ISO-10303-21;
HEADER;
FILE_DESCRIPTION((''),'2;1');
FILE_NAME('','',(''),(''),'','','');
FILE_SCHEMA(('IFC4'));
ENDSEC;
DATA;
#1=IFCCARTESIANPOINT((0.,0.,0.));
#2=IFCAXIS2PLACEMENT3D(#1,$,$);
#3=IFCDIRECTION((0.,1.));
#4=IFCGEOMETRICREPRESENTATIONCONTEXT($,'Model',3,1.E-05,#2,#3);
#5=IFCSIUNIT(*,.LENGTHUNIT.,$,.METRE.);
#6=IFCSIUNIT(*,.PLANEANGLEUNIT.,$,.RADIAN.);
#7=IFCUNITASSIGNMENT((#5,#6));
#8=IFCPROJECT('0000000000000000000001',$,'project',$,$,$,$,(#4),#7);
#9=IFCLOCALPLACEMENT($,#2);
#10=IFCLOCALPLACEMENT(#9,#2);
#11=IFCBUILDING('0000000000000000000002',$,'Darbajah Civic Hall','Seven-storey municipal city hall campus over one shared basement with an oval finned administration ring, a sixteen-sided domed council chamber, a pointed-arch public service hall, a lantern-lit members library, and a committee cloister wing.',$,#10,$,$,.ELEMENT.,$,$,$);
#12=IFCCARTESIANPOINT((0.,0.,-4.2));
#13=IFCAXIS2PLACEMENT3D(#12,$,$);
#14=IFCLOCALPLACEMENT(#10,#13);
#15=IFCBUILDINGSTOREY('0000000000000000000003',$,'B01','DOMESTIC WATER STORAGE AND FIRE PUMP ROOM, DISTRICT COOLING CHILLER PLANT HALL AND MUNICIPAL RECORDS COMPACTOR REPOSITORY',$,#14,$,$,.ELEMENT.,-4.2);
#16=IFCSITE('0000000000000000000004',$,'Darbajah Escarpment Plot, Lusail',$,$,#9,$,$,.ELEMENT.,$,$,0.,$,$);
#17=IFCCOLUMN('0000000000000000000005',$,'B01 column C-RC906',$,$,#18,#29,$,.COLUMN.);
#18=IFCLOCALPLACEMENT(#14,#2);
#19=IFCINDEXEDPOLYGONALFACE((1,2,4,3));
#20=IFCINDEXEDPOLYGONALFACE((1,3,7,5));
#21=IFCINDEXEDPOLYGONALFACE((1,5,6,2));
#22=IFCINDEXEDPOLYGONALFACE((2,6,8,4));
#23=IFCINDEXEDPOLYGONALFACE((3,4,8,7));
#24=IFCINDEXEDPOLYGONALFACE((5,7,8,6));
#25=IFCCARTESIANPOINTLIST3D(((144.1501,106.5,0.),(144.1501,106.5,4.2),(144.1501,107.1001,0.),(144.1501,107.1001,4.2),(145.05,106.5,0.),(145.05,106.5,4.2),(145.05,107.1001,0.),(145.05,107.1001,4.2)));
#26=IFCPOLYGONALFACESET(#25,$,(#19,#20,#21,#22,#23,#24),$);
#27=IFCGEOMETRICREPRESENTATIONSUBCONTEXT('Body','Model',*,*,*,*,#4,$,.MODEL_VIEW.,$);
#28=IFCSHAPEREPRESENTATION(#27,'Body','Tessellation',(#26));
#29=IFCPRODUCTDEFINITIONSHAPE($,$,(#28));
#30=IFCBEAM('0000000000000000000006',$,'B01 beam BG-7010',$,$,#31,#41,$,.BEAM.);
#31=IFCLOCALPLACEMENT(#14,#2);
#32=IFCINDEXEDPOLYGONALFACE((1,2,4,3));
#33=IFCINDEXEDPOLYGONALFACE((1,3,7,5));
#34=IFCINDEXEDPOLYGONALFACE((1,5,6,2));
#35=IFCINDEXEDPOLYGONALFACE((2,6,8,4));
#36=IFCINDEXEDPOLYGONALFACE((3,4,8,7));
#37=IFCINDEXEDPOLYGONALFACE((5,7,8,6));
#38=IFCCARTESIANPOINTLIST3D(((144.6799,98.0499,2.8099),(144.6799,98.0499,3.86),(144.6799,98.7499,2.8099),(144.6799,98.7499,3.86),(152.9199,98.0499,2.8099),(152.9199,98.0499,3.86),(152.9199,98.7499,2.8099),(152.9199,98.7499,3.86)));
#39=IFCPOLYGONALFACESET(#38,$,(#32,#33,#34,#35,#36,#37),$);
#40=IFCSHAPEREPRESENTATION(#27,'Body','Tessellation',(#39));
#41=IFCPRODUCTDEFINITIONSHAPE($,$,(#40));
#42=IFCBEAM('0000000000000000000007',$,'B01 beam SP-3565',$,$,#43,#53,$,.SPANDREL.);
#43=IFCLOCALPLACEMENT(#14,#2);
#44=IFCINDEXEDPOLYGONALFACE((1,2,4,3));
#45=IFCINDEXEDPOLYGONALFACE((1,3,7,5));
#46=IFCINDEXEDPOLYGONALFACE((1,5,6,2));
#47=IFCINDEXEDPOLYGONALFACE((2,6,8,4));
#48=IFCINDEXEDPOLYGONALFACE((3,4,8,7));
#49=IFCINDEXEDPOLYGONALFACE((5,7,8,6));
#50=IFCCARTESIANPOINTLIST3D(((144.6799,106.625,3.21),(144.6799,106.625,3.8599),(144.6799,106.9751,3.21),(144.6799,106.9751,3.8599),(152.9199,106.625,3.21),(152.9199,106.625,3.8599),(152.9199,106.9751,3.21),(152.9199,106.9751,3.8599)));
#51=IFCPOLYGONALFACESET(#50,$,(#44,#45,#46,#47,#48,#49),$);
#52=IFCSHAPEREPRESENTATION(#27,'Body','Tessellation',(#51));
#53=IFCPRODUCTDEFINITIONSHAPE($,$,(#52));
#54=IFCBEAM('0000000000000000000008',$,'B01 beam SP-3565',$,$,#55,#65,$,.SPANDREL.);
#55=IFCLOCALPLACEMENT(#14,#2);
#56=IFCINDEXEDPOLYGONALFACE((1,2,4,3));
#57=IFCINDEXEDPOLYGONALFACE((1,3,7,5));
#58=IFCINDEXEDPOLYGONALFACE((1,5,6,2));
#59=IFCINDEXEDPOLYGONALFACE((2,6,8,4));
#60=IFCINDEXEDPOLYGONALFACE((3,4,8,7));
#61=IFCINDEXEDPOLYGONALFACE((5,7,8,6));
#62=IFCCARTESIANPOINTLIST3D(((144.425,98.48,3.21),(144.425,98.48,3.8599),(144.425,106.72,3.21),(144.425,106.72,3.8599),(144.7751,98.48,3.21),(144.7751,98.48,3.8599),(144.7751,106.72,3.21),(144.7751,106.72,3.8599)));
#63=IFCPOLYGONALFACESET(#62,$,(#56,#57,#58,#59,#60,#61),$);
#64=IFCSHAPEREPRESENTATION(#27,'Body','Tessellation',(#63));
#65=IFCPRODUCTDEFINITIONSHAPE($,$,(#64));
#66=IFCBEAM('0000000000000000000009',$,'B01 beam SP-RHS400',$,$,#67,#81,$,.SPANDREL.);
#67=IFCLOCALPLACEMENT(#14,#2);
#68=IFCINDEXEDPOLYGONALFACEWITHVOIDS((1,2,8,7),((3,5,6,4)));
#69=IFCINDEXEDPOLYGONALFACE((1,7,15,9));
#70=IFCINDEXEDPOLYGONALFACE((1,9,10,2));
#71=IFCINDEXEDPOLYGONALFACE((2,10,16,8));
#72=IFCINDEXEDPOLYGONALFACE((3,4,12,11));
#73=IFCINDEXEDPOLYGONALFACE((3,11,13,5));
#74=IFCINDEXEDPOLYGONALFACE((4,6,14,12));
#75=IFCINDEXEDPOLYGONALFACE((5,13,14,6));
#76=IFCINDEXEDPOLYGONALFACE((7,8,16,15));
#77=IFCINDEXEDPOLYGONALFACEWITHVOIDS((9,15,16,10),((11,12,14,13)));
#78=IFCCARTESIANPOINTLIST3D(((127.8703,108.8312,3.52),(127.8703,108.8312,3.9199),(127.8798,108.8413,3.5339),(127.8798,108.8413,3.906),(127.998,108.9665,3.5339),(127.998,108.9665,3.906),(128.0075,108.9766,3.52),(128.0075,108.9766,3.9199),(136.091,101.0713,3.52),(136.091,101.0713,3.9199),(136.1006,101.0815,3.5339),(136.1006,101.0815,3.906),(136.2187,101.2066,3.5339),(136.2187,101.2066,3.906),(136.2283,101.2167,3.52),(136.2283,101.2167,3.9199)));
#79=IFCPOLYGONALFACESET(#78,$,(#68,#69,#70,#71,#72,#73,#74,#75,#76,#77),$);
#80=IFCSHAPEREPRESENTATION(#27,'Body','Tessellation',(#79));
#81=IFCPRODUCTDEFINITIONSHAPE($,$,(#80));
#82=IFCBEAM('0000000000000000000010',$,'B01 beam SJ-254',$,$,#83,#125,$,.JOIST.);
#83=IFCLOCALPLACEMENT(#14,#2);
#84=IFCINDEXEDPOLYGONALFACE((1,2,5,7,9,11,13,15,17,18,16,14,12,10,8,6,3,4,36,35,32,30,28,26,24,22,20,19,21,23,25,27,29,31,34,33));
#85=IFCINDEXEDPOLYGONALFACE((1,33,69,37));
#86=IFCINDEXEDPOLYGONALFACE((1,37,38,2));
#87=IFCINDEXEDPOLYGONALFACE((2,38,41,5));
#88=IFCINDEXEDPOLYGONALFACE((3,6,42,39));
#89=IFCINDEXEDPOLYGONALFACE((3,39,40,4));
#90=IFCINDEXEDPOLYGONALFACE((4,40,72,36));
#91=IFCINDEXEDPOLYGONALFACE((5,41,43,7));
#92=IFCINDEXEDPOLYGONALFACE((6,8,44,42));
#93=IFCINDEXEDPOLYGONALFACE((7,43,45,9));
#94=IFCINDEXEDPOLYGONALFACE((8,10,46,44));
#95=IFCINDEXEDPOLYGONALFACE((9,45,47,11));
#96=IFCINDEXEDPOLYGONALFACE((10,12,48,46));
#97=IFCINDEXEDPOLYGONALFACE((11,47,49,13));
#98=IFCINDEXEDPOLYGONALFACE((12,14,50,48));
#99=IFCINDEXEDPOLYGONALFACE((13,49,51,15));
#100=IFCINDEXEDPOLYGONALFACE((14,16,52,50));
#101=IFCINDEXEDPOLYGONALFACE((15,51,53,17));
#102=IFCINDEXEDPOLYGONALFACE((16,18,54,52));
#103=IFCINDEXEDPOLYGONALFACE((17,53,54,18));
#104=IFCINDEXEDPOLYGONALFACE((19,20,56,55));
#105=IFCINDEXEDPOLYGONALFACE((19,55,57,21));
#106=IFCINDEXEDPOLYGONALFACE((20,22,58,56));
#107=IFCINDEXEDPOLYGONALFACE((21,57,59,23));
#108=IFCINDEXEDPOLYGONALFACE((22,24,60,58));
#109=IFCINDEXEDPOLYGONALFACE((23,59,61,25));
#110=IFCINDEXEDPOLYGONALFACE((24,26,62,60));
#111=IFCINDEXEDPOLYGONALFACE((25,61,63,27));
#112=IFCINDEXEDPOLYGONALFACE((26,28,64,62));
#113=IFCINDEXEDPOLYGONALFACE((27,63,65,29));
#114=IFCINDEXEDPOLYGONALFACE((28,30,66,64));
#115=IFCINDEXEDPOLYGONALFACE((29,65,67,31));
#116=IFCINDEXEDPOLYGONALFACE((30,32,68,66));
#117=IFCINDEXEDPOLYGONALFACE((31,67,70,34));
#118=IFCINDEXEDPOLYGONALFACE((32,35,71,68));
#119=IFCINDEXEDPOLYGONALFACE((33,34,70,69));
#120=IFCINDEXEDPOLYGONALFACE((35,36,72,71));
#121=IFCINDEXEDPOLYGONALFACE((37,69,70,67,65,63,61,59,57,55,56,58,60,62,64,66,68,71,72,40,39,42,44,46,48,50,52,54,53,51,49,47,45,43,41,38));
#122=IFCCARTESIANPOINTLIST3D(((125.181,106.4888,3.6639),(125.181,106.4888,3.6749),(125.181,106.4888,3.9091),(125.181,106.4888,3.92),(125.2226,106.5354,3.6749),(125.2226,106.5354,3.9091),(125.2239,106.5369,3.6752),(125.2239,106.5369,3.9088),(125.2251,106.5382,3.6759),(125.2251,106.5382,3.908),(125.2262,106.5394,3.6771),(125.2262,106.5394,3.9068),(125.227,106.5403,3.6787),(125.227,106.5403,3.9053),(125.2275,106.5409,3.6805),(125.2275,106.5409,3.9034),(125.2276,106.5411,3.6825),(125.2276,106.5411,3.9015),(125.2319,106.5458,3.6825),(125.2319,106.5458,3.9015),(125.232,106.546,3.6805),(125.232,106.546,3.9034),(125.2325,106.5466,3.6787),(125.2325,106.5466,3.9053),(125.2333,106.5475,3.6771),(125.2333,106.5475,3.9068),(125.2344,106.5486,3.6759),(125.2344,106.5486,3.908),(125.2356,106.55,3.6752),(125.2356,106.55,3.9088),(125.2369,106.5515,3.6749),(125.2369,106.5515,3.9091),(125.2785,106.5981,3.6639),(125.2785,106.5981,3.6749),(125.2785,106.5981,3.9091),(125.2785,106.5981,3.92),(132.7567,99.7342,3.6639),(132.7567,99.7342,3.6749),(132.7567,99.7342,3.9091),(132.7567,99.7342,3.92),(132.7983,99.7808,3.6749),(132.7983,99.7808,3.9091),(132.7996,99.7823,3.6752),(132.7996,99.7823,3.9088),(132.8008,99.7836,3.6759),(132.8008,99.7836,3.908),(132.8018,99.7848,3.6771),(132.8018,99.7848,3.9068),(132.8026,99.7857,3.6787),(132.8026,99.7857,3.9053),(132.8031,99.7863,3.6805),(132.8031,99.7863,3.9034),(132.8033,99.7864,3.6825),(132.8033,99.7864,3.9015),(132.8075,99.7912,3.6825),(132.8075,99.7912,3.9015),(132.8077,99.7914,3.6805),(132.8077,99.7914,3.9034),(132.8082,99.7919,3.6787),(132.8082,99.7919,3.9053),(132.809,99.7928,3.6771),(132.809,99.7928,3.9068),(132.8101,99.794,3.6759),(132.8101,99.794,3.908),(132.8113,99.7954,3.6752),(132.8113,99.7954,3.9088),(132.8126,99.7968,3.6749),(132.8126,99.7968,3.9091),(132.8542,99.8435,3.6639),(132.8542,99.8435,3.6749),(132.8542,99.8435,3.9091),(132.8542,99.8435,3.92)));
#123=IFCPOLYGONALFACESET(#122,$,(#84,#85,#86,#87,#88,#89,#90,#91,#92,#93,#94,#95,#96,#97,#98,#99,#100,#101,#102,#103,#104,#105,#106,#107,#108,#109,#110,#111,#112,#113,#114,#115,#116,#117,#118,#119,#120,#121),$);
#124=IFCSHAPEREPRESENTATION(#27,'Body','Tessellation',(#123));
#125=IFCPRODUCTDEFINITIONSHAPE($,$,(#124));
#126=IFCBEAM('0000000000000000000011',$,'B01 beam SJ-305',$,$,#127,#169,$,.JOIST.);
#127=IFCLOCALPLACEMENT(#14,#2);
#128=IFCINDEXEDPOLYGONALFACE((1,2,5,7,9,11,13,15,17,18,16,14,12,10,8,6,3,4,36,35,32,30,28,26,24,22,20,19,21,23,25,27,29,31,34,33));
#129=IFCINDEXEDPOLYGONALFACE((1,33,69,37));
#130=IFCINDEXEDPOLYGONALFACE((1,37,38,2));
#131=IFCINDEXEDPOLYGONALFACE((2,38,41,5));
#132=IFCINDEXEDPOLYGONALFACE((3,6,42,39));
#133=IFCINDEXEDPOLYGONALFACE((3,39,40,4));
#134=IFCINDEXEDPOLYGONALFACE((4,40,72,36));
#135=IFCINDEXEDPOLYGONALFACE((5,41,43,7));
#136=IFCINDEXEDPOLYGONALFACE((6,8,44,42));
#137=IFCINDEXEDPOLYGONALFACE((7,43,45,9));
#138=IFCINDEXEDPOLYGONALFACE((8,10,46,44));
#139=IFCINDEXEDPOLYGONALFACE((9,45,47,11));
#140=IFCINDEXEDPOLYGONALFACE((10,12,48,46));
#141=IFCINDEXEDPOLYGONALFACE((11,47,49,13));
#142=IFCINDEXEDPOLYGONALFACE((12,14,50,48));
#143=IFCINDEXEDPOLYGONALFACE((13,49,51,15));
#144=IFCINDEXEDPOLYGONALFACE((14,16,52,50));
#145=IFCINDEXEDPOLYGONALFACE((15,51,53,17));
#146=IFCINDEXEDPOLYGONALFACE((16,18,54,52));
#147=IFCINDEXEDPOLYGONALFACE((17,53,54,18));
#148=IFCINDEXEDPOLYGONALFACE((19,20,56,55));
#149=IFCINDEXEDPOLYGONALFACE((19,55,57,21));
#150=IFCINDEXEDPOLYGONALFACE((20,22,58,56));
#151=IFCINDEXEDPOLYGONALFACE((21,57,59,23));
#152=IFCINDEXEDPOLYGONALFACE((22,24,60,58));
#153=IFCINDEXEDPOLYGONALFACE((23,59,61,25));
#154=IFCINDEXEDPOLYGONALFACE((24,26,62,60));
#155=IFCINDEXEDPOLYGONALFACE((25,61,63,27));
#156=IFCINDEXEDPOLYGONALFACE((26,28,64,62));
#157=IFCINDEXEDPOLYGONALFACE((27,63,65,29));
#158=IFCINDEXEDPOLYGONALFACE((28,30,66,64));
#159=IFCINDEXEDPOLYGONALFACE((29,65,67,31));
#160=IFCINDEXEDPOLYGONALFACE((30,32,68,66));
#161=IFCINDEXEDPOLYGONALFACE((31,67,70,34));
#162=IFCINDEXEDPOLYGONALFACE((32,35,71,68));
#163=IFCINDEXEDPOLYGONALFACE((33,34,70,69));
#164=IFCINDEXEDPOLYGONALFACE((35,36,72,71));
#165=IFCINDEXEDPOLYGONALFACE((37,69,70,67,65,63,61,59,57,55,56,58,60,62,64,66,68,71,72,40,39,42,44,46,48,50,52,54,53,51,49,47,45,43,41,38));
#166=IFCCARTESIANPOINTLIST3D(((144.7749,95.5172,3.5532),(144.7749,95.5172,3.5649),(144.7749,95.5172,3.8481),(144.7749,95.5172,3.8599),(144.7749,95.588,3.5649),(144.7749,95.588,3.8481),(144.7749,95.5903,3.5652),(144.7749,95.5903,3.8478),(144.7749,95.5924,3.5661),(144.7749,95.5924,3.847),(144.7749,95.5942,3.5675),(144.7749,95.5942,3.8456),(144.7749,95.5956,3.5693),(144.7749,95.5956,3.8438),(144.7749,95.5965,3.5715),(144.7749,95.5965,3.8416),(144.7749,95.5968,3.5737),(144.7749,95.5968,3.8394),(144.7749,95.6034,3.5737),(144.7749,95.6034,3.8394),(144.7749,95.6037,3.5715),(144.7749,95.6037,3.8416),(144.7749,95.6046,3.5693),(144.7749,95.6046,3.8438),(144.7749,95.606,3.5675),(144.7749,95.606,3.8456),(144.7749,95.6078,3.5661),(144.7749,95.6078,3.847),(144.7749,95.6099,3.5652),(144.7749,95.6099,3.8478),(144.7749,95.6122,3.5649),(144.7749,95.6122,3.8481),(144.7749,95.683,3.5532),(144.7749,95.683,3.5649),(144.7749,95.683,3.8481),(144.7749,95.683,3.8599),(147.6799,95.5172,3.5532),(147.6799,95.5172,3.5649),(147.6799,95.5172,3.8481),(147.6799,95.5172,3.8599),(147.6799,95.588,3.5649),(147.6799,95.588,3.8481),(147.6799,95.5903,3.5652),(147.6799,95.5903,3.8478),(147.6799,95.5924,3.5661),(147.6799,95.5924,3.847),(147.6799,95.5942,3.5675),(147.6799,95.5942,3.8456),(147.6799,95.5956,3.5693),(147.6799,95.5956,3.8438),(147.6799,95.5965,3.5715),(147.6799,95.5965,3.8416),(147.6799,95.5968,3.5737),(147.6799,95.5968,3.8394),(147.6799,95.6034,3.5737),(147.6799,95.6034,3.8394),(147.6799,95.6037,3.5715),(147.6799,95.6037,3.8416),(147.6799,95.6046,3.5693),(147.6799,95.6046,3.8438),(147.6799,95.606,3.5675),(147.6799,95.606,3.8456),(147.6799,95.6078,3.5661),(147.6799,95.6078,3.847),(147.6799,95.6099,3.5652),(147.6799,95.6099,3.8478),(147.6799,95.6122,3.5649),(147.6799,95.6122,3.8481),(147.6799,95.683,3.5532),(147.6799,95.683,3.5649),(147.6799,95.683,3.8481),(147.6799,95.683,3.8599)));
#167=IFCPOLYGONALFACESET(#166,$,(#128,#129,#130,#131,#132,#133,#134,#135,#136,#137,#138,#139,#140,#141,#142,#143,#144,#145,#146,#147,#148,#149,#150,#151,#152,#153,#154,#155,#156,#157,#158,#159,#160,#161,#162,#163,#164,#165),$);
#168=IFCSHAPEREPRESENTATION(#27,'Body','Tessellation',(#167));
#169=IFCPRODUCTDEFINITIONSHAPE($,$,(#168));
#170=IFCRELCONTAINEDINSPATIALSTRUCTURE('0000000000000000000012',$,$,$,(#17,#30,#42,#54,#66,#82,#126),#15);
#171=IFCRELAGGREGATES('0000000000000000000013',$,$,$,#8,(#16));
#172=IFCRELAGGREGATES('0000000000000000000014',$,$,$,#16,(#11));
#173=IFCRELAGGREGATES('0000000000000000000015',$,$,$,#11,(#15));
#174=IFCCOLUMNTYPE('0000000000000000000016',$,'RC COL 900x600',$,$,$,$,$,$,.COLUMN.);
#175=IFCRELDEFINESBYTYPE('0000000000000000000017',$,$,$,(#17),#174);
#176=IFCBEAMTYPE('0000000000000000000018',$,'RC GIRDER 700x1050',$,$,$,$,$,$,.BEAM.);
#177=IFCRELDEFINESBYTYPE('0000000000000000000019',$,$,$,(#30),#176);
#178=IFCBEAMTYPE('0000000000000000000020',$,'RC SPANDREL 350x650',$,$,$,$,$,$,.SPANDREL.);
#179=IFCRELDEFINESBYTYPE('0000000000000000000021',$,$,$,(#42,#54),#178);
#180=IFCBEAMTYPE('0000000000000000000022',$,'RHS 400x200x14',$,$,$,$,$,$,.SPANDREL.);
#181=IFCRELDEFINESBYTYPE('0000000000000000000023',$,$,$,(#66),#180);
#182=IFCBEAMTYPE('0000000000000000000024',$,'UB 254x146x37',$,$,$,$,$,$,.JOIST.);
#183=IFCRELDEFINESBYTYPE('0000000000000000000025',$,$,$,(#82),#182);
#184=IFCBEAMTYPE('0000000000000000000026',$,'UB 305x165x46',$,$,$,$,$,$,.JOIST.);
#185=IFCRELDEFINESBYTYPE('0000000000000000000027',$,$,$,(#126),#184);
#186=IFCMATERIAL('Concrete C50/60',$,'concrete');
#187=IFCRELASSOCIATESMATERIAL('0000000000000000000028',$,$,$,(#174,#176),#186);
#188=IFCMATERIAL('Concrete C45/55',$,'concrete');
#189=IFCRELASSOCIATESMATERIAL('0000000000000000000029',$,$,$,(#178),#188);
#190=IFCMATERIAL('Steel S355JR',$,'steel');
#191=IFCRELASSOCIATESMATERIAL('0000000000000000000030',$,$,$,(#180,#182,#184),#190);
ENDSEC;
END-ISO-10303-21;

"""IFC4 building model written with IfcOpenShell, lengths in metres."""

from ifc_helpers import new_model, si_unit, direction, frame, origin, origin_2d, place, context, subcontext, project, spatial, rectangle, hollow_rectangle, i_section, extrude, material, material_profile, profile_set, type_object, element, save


model = new_model("IFC4")

# Units and contexts
model_context = context("Model", 3, precision=1e-05, world=origin(), true_north=direction((0.0, 1.0)))
body_context = subcontext(model_context, "Body", "Model", "MODEL_VIEW")
ifc_project = project(units=[si_unit("LENGTHUNIT", "METRE"), si_unit("PLANEANGLEUNIT", "RADIAN")], contexts=[model_context])

# Site, building, storey
site_placement = place(None, origin())
site = spatial("IfcSite", under=ifc_project, at=site_placement, Name="Darbajah Escarpment Plot, Lusail", CompositionType="ELEMENT", RefElevation=0.0)
building_placement = place(site_placement, origin())
building = spatial("IfcBuilding", under=site, at=building_placement, Name="Darbajah Civic Hall", Description="Seven-storey municipal city hall campus over one shared basement with an oval finned administration ring, a sixteen-sided domed council chamber, a pointed-arch public service hall, a lantern-lit members library, and a committee cloister wing.", CompositionType="ELEMENT")
storey_placement = place(building_placement, frame((0.0, 0.0, -4.2)))
storey = spatial("IfcBuildingStorey", under=building, at=storey_placement, Name="B01", Description="DOMESTIC WATER STORAGE AND FIRE PUMP ROOM, DISTRICT COOLING CHILLER PLANT HALL AND MUNICIPAL RECORDS COMPACTOR REPOSITORY", CompositionType="ELEMENT", Elevation=-4.2)

# Shared definitions
ifc_material_1 = material(Name="Concrete C45/55", Category="concrete")

# Column
ifc_material_2 = material(Name="Concrete C50/60", Category="concrete")
ifc_material_profile_1 = material_profile(ifc_material_2, rectangle(XDim=0.8999, YDim=0.6001, at=origin_2d()), Name="RC COL 900x600")
ifc_profile_set_1 = profile_set([ifc_material_profile_1], Name="Concrete C50/60")
column_type_1 = type_object("IfcColumnType", Name="RC COL 900x600", PredefinedType="COLUMN", material=ifc_profile_set_1)
for number, where, z_axis, x_axis, name in (
    (1, (144.6001, 106.8, 0.0), (0.0, 0.0, 1.0), (1.0, 0.0, 0.0), "B01 column C-RC906"),
):
    element("IfcColumn", number, at=place(storey_placement, frame(where, z_axis=z_axis, x_axis=x_axis)), inside=storey, type_object=column_type_1, Name=name, PredefinedType="COLUMN", context=body_context, shape_type="SweptSolid", body=[
        extrude(rectangle(XDim=0.8999, YDim=0.6001, at=origin_2d()), origin(), (0.0, 0.0, 1.0), 4.2),
    ])

# Beams
ifc_material_profile_2 = material_profile(ifc_material_2, rectangle(XDim=0.7, YDim=1.05, at=origin_2d()), Name="RC GIRDER 700x1050")
ifc_profile_set_2 = profile_set([ifc_material_profile_2], Name="Concrete C50/60")
beam_type_1 = type_object("IfcBeamType", Name="RC GIRDER 700x1050", PredefinedType="BEAM", material=ifc_profile_set_2)
beam_1_placement = place(storey_placement, frame((144.6799, 98.3999, 3.335), z_axis=(1.0, 0.0, 0.0), x_axis=(0.0, 1.0, 0.0)))
element("IfcBeam", 2, at=beam_1_placement, inside=storey, type_object=beam_type_1, Name="B01 beam BG-7010", PredefinedType="BEAM", context=body_context, shape_type="SweptSolid", body=[
    extrude(rectangle(XDim=0.7, YDim=1.05, at=origin_2d()), origin(), (0.0, 0.0, 1.0), 8.24),
])
ifc_material_profile_3 = material_profile(ifc_material_1, rectangle(XDim=0.3501, YDim=0.6499, at=origin_2d()), Name="RC SPANDREL 350x650")
ifc_profile_set_3 = profile_set([ifc_material_profile_3], Name="Concrete C45/55")
beam_type_2 = type_object("IfcBeamType", Name="RC SPANDREL 350x650", PredefinedType="SPANDREL", material=ifc_profile_set_3)
for number, where, z_axis, x_axis, name in (
    (3, (144.6799, 106.8, 3.5349), (1.0, 0.0, 0.0), (0.0, 1.0, 0.0), "B01 beam SP-3565"),
    (4, (144.6001, 98.48, 3.5349), (0.0, 1.0, 0.0), (-1.0, 0.0, 0.0), "B01 beam SP-3565"),
):
    element("IfcBeam", number, at=place(storey_placement, frame(where, z_axis=z_axis, x_axis=x_axis)), inside=storey, type_object=beam_type_2, Name=name, PredefinedType="SPANDREL", context=body_context, shape_type="SweptSolid", body=[
        extrude(rectangle(XDim=0.3501, YDim=0.6499, at=origin_2d()), origin(), (0.0, 0.0, 1.0), 8.24),
    ])
ifc_material_3 = material(Name="Steel S355JR", Category="steel")
ifc_material_profile_4 = material_profile(ifc_material_3, hollow_rectangle(XDim=0.2, YDim=0.3999, WallThickness=0.0139, at=origin_2d()), Name="RHS 400x200x14")
ifc_profile_set_4 = profile_set([ifc_material_profile_4], Name="Steel S355JR")
beam_type_3 = type_object("IfcBeamType", Name="RHS 400x200x14", PredefinedType="SPANDREL", material=ifc_profile_set_4)
beam_2_placement = place(storey_placement, frame((136.1597, 101.144, 3.72), z_axis=(-0.7272, 0.686426, 0.0), x_axis=(-0.686426, -0.7272, 0.0)))
element("IfcBeam", 5, at=beam_2_placement, inside=storey, type_object=beam_type_3, Name="B01 beam SP-RHS400", PredefinedType="SPANDREL", context=body_context, shape_type="SweptSolid", body=[
    extrude(hollow_rectangle(XDim=0.2, YDim=0.3999, WallThickness=0.0139, at=origin_2d()), origin(), (0.0, 0.0, 1.0), 11.3047),
])
ifc_material_profile_5 = material_profile(ifc_material_3, i_section(OverallWidth=0.1465, OverallDepth=0.2561, WebThickness=0.0063, FlangeThickness=0.011, FilletRadius=0.0076, at=origin_2d()), Name="UB 254x146x37")
ifc_profile_set_5 = profile_set([ifc_material_profile_5], Name="Steel S355JR")
beam_type_4 = type_object("IfcBeamType", Name="UB 254x146x37", PredefinedType="JOIST", material=ifc_profile_set_5)
beam_3_placement = place(storey_placement, frame((132.8054, 99.7888, 3.792), z_axis=(-0.746396, 0.665502, 0.0), x_axis=(-0.665502, -0.746396, 0.0)))
element("IfcBeam", 6, at=beam_3_placement, inside=storey, type_object=beam_type_4, Name="B01 beam SJ-254", PredefinedType="JOIST", context=body_context, shape_type="SweptSolid", body=[
    extrude(i_section(OverallWidth=0.1465, OverallDepth=0.2561, WebThickness=0.0063, FlangeThickness=0.011, FilletRadius=0.0076, at=origin_2d()), origin(), (0.0, 0.0, 1.0), 10.1497),
])
ifc_material_profile_6 = material_profile(ifc_material_3, i_section(OverallWidth=0.1658, OverallDepth=0.3066, WebThickness=0.0066, FlangeThickness=0.0117, FilletRadius=0.0088, at=origin_2d()), Name="UB 305x165x46")
ifc_profile_set_6 = profile_set([ifc_material_profile_6], Name="Steel S355JR")
beam_type_5 = type_object("IfcBeamType", Name="UB 305x165x46", PredefinedType="JOIST", material=ifc_profile_set_6)
beam_4_placement = place(storey_placement, frame((144.7749, 95.6001, 3.7065), z_axis=(1.0, 0.0, 0.0), x_axis=(0.0, 1.0, 0.0)))
element("IfcBeam", 7, at=beam_4_placement, inside=storey, type_object=beam_type_5, Name="B01 beam SJ-305", PredefinedType="JOIST", context=body_context, shape_type="SweptSolid", body=[
    extrude(i_section(OverallWidth=0.1658, OverallDepth=0.3066, WebThickness=0.0066, FlangeThickness=0.0117, FilletRadius=0.0088, at=origin_2d()), origin(), (0.0, 0.0, 1.0), 2.905),
])

save(model, "model.ifc")
